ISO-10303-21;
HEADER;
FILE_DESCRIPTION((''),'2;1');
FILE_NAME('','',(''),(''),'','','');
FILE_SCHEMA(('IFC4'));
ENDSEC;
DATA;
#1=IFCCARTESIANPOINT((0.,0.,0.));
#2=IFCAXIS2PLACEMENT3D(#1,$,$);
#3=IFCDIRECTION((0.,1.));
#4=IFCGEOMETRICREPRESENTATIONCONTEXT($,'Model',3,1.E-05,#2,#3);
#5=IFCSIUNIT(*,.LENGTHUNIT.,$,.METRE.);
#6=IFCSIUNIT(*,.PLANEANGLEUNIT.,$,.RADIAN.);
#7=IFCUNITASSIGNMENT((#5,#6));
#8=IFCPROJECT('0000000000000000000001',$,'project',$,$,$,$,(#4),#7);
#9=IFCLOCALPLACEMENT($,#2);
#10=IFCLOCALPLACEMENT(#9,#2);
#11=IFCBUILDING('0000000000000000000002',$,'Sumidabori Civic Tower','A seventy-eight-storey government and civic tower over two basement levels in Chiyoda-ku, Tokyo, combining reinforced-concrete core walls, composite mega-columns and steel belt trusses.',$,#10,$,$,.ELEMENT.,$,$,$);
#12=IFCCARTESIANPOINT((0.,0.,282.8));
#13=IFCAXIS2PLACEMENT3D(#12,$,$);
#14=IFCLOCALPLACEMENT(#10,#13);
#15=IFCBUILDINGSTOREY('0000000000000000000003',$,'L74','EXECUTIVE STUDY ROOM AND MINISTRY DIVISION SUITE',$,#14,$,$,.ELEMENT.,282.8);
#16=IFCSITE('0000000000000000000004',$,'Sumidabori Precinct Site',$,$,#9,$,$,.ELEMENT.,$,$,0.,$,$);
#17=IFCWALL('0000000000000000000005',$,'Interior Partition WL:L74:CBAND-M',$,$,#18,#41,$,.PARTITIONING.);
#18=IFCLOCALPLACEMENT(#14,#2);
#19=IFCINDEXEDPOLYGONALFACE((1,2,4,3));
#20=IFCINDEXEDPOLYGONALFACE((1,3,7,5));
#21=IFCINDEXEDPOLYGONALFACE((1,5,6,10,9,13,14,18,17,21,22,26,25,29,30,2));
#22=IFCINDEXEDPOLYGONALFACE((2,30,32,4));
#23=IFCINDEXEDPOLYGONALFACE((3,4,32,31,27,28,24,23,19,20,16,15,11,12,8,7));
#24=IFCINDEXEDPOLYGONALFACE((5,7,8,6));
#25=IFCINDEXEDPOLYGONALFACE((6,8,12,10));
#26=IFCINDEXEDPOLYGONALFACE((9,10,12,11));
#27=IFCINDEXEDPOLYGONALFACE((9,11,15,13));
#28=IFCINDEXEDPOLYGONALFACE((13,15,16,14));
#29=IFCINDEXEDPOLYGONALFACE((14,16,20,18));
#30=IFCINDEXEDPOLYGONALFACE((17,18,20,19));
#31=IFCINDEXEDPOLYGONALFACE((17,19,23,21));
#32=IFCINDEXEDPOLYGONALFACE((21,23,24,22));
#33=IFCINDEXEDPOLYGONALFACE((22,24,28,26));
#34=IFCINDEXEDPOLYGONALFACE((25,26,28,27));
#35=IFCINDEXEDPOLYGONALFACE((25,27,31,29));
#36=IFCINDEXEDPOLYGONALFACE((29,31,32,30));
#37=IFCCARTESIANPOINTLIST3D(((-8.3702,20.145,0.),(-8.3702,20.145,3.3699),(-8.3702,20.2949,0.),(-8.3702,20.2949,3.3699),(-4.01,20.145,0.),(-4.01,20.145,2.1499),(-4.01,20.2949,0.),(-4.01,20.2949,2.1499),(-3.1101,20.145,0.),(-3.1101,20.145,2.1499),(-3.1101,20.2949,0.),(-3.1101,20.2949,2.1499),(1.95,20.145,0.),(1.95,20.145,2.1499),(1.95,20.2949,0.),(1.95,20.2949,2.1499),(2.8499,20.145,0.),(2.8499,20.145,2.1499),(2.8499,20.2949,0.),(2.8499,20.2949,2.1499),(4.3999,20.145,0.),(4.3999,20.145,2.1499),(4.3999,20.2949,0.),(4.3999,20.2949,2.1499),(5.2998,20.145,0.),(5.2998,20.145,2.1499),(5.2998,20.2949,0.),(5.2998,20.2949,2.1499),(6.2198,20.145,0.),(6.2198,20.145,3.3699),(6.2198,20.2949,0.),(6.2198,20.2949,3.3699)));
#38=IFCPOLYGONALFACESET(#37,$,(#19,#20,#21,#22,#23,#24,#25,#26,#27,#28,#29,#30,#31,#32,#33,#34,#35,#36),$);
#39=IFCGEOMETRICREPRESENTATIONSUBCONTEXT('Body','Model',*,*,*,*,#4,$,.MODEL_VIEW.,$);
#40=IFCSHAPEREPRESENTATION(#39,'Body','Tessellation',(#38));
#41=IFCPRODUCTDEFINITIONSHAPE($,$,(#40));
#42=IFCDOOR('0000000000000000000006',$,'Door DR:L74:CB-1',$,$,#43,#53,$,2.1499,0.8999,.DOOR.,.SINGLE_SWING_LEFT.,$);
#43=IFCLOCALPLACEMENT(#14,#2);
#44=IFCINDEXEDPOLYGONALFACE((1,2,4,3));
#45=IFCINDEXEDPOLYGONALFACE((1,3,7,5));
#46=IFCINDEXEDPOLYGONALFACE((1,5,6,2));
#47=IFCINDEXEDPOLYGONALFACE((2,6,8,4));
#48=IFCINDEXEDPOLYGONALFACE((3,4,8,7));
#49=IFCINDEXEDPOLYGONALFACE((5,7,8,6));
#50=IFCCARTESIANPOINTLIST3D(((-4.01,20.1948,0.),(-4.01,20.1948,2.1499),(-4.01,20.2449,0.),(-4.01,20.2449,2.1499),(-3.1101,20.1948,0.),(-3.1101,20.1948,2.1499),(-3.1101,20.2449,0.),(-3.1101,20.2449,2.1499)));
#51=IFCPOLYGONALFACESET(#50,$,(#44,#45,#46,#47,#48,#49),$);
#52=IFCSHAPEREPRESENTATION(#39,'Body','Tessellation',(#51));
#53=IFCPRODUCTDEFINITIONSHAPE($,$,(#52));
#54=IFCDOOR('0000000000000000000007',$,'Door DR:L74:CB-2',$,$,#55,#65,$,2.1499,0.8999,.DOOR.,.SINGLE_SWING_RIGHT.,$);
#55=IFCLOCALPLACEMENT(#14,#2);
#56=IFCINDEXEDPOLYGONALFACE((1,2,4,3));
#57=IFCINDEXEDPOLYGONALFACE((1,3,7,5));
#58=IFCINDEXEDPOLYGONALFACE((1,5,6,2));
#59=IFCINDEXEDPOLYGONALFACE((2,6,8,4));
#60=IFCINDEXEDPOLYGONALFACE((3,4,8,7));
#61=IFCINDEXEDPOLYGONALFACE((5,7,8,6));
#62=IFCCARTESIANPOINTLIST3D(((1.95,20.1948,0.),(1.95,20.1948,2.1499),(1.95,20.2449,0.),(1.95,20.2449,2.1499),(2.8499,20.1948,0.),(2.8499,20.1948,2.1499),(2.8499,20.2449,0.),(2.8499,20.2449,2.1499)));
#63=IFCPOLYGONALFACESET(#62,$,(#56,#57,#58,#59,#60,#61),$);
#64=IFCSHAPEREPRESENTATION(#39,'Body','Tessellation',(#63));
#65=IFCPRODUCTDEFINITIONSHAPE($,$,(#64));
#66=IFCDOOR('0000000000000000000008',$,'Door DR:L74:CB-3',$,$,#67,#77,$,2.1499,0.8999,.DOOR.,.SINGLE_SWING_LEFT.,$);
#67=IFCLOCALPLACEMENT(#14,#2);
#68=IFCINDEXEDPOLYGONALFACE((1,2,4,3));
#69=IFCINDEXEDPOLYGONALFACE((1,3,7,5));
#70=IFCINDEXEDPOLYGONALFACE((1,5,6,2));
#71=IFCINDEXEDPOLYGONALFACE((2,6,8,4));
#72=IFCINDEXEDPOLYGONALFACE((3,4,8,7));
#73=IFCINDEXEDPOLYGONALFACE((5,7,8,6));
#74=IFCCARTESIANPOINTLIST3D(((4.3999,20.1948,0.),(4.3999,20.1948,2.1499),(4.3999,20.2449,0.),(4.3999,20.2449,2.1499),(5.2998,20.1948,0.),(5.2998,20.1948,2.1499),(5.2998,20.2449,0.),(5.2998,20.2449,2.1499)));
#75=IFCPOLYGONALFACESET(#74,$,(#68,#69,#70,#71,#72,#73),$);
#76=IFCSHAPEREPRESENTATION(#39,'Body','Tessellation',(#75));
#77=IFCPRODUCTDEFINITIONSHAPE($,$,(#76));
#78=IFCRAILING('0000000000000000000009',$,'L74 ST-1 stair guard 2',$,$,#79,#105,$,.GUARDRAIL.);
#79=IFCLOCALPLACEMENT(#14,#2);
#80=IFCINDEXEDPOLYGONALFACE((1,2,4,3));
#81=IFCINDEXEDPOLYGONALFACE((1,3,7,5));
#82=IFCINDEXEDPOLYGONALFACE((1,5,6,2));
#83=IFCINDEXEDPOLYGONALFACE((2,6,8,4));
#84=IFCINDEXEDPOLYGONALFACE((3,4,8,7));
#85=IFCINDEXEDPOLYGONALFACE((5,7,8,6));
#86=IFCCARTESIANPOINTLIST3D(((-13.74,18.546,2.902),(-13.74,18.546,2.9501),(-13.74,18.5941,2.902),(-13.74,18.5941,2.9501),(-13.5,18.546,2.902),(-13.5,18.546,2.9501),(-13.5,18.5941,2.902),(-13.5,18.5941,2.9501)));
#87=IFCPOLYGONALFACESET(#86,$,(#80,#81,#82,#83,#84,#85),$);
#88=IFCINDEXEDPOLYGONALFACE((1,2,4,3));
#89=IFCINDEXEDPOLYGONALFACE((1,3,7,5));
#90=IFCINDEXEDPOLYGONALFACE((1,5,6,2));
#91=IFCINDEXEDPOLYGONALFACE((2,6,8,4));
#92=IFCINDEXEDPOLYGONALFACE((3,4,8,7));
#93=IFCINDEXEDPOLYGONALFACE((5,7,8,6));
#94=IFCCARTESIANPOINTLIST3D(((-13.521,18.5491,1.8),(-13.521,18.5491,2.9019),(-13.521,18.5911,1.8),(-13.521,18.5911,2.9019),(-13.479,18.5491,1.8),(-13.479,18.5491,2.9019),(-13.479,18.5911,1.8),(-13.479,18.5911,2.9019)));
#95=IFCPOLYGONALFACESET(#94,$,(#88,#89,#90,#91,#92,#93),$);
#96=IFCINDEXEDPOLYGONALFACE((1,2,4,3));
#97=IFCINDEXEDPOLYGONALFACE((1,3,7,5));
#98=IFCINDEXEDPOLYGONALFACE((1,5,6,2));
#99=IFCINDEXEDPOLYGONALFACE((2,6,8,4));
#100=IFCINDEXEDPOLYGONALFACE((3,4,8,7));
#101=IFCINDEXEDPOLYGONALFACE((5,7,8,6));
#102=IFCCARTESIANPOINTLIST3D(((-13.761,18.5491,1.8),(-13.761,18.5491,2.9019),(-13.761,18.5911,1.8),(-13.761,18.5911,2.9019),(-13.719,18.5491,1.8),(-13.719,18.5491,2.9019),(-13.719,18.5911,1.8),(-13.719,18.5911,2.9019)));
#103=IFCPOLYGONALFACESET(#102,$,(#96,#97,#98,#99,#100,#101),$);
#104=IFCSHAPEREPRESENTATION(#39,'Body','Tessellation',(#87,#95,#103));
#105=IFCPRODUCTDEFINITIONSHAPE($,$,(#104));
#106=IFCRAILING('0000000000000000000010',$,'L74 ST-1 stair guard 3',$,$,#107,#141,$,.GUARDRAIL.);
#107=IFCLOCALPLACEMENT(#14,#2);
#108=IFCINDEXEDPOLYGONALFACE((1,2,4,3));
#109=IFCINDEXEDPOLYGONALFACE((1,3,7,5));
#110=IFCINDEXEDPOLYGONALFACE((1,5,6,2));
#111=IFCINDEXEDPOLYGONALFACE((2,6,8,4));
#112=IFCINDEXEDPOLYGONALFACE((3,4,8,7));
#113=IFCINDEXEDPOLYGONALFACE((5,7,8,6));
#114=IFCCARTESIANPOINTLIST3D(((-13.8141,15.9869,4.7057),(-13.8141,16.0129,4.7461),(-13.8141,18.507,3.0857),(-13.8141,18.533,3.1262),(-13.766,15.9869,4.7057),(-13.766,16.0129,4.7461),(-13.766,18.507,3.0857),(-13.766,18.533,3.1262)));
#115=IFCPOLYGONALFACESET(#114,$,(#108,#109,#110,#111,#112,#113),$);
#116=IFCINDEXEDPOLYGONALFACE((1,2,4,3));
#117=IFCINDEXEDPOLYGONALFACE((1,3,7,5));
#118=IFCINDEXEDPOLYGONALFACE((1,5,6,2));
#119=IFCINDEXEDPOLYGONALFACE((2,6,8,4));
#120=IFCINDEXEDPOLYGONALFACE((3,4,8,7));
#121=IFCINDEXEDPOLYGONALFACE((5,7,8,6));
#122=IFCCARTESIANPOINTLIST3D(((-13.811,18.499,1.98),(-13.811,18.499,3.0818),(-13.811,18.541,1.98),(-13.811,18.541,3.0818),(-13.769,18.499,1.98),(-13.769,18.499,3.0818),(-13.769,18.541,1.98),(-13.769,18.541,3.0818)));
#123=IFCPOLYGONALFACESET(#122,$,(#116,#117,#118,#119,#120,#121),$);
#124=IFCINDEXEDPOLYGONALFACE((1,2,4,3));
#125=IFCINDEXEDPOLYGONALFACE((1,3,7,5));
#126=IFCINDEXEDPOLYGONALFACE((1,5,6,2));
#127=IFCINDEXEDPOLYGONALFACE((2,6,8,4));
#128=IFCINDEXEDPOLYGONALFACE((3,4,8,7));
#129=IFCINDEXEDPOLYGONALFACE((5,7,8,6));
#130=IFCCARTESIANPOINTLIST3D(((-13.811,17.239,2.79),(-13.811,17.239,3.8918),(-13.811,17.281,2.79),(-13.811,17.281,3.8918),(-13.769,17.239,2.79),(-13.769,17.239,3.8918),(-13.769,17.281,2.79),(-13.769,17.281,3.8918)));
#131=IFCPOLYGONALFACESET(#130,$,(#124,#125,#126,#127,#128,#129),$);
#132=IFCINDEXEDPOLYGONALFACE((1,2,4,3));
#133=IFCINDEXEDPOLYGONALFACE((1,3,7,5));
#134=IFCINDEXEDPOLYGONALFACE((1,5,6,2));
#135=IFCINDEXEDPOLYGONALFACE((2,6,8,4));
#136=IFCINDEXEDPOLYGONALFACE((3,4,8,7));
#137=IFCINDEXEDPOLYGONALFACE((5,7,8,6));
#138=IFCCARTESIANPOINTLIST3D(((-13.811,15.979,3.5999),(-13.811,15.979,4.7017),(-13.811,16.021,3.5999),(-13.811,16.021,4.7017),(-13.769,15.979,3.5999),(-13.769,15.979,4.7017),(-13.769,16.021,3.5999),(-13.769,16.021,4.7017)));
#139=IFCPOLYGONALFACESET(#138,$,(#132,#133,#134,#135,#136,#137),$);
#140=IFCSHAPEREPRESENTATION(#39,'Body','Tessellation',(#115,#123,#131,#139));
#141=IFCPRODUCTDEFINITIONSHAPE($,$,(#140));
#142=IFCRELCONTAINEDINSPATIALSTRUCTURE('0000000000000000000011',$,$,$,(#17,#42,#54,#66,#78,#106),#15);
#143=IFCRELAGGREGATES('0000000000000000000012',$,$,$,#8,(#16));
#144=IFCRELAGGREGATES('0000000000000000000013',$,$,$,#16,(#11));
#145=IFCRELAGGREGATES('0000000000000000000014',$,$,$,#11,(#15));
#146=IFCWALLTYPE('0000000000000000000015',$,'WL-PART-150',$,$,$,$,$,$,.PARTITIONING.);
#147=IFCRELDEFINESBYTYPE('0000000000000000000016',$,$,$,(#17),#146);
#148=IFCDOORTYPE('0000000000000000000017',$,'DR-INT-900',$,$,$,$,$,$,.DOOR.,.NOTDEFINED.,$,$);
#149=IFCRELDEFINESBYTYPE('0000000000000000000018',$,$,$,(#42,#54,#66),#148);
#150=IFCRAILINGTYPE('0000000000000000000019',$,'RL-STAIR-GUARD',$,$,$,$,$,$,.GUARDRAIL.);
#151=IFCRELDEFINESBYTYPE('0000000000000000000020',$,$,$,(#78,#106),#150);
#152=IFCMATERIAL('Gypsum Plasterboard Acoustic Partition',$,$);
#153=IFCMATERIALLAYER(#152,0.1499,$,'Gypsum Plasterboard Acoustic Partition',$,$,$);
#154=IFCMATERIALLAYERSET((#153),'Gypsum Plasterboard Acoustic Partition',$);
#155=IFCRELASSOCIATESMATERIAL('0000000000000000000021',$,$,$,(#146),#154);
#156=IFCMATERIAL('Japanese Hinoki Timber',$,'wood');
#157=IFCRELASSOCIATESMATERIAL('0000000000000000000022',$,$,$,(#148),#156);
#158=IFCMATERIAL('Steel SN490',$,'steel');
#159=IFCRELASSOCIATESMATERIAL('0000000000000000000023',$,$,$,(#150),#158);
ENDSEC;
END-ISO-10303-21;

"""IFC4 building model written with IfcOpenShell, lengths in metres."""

from ifc_helpers import new_model, si_unit, direction, frame, frame_2d, origin, origin_2d, place, context, subcontext, project, spatial, rectangle, extrude, source, transform, mapped, material, layer, layer_set, type_object, element, fill, save


model = new_model("IFC4")

# Units and contexts
model_context = context("Model", 3, precision=1e-05, world=origin(), true_north=direction((0.0, 1.0)))
body_context = subcontext(model_context, "Body", "Model", "MODEL_VIEW")
ifc_project = project(units=[si_unit("LENGTHUNIT", "METRE"), si_unit("PLANEANGLEUNIT", "RADIAN")], contexts=[model_context])

# Site, building, storey
site_placement = place(None, origin())
site = spatial("IfcSite", under=ifc_project, at=site_placement, Name="Sumidabori Precinct Site", CompositionType="ELEMENT", RefElevation=0.0)
building_placement = place(site_placement, origin())
building = spatial("IfcBuilding", under=site, at=building_placement, Name="Sumidabori Civic Tower", Description="A seventy-eight-storey government and civic tower over two basement levels in Chiyoda-ku, Tokyo, combining reinforced-concrete core walls, composite mega-columns and steel belt trusses.", CompositionType="ELEMENT")
storey_placement = place(building_placement, frame((0.0, 0.0, 282.8)))
storey = spatial("IfcBuildingStorey", under=building, at=storey_placement, Name="L74", Description="EXECUTIVE STUDY ROOM AND MINISTRY DIVISION SUITE", CompositionType="ELEMENT", Elevation=282.8)

# Shared definitions
ifc_material_1 = material(Name="Gypsum Plasterboard Acoustic Partition")
ifc_layer_1 = layer(ifc_material_1, 0.1499, Name="Gypsum Plasterboard Acoustic Partition")
ifc_layer_set_1 = layer_set([ifc_layer_1], Name="Gypsum Plasterboard Acoustic Partition")
wall_type_1 = type_object("IfcWallType", Name="WL-PART-150", PredefinedType="PARTITIONING", material=ifc_layer_set_1)

# Wall, openings, doors
shared_shape_1 = source(origin(), body_context, "Body", "SweptSolid", [
    extrude(rectangle(XDim=14.5901, YDim=0.1499, at=frame_2d((7.2949, 0.0))), origin(), (0.0, 0.0, 1.0), 3.3699),
])
wall_1_placement = place(storey_placement, frame((-8.3701, 20.22, 0.0), z_axis=(0.0, 0.0, 1.0), x_axis=(1.0, 0.0, 0.0)))
wall_1 = element("IfcWall", 1, at=wall_1_placement, inside=storey, type_object=wall_type_1, Name="Interior Partition WL:L74:CBAND-M", PredefinedType="PARTITIONING", context=body_context, shape_type="MappedRepresentation", body=[
    mapped(shared_shape_1, transform((0.0, 0.0, 0.0), x_axis=(1.0, 0.0, 0.0), y_axis=(0.0, 1.0, 0.0), z_axis=(0.0, 0.0, 1.0), scale=1.0)),
])
opening_1_placement = place(wall_1_placement, frame((4.3601, 0.0, 0.0)))
opening_1 = element("IfcOpeningElement", 2, at=opening_1_placement, cuts=wall_1, PredefinedType="OPENING", context=body_context, shape_type="SweptSolid", body=[
    extrude(rectangle(XDim=0.8999, YDim=2.1499, at=frame_2d((0.45, 1.075))), frame((0.0, 0.0869, 0.0), z_axis=(0.0, -1.0, 0.0), x_axis=(1.0, 0.0, 0.0)), (0.0, 0.0, 1.0), 0.1738),
])
opening_2_placement = place(wall_1_placement, frame((10.3201, 0.0, 0.0)))
opening_2 = element("IfcOpeningElement", 3, at=opening_2_placement, cuts=wall_1, PredefinedType="OPENING", context=body_context, shape_type="SweptSolid", body=[
    extrude(rectangle(XDim=0.8999, YDim=2.1499, at=frame_2d((0.45, 1.075))), frame((0.0, 0.0869, 0.0), z_axis=(0.0, -1.0, 0.0), x_axis=(1.0, 0.0, 0.0)), (0.0, 0.0, 1.0), 0.1738),
])
opening_3_placement = place(wall_1_placement, frame((12.77, 0.0, 0.0)))
opening_3 = element("IfcOpeningElement", 4, at=opening_3_placement, cuts=wall_1, PredefinedType="OPENING", context=body_context, shape_type="SweptSolid", body=[
    extrude(rectangle(XDim=0.8999, YDim=2.1499, at=frame_2d((0.45, 1.075))), frame((0.0, 0.0869, 0.0), z_axis=(0.0, -1.0, 0.0), x_axis=(1.0, 0.0, 0.0)), (0.0, 0.0, 1.0), 0.1738),
])
ifc_material_2 = material(Name="Japanese Hinoki Timber", Category="wood")
door_type = type_object("IfcDoorType", Name="DR-INT-900", OperationType="NOTDEFINED", PredefinedType="DOOR", material=ifc_material_2)
shared_shape_2 = source(origin(), body_context, "Body", "SweptSolid", [
    extrude(rectangle(XDim=0.8999, YDim=2.1499, at=frame_2d((0.45, 1.075))), frame((0.0, 0.0249, 0.0), z_axis=(0.0, -1.0, 0.0), x_axis=(1.0, 0.0, 0.0)), (0.0, 0.0, 1.0), 0.05),
])
door_1_placement = place(opening_1_placement, origin())
door_1 = element("IfcDoor", 5, at=door_1_placement, inside=storey, type_object=door_type, Name="Door DR:L74:CB-1", OperationType="SINGLE_SWING_LEFT", OverallHeight=2.1499, OverallWidth=0.8999, PredefinedType="DOOR", context=body_context, shape_type="MappedRepresentation", body=[
    mapped(shared_shape_2, transform((0.0, 0.0, 0.0), x_axis=(1.0, 0.0, 0.0), y_axis=(0.0, 1.0, 0.0), z_axis=(0.0, 0.0, 1.0), scale=1.0)),
])
fill(opening_1, door_1)
door_2_placement = place(opening_2_placement, origin())
door_2 = element("IfcDoor", 6, at=door_2_placement, inside=storey, type_object=door_type, Name="Door DR:L74:CB-2", OperationType="SINGLE_SWING_RIGHT", OverallHeight=2.1499, OverallWidth=0.8999, PredefinedType="DOOR", context=body_context, shape_type="MappedRepresentation", body=[
    mapped(shared_shape_2, transform((0.0, 0.0, 0.0), x_axis=(1.0, 0.0, 0.0), y_axis=(0.0, 1.0, 0.0), z_axis=(0.0, 0.0, 1.0), scale=1.0)),
])
fill(opening_2, door_2)
door_3_placement = place(opening_3_placement, origin())
door_3 = element("IfcDoor", 7, at=door_3_placement, inside=storey, type_object=door_type, Name="Door DR:L74:CB-3", OperationType="SINGLE_SWING_LEFT", OverallHeight=2.1499, OverallWidth=0.8999, PredefinedType="DOOR", context=body_context, shape_type="MappedRepresentation", body=[
    mapped(shared_shape_2, transform((0.0, 0.0, 0.0), x_axis=(1.0, 0.0, 0.0), y_axis=(0.0, 1.0, 0.0), z_axis=(0.0, 0.0, 1.0), scale=1.0)),
])
fill(opening_3, door_3)

# Railings
ifc_material_3 = material(Name="Steel SN490", Category="steel")
railing_type = type_object("IfcRailingType", Name="RL-STAIR-GUARD", PredefinedType="GUARDRAIL", material=ifc_material_3)
railing_1_placement = place(storey_placement, frame((-13.5, 18.5701, 1.8)))
element("IfcRailing", 8, at=railing_1_placement, inside=storey, type_object=railing_type, Name="L74 ST-1 stair guard 2", PredefinedType="GUARDRAIL", context=body_context, shape_type="SweptSolid", body=[
    extrude(rectangle(XDim=0.0481, YDim=0.0481, at=origin_2d()), frame((0.0, 0.0, 1.126), z_axis=(-1.0, 0.0, 0.0), x_axis=(0.0, -1.0, 0.0)), (0.0, 0.0, 1.0), 0.24),
    extrude(rectangle(XDim=0.042, YDim=0.042, at=origin_2d()), origin(), (0.0, 0.0, 1.0), 1.1018),
    extrude(rectangle(XDim=0.042, YDim=0.042, at=origin_2d()), frame((-0.24, 0.0, 0.0)), (0.0, 0.0, 1.0), 1.1018),
])
railing_2_placement = place(storey_placement, frame((-13.79, 18.52, 1.98)))
element("IfcRailing", 9, at=railing_2_placement, inside=storey, type_object=railing_type, Name="L74 ST-1 stair guard 3", PredefinedType="GUARDRAIL", context=body_context, shape_type="SweptSolid", body=[
    extrude(rectangle(XDim=0.0481, YDim=0.0481, at=origin_2d()), frame((0.0, 0.0, 1.126), z_axis=(0.0, -0.8412, 0.540725), x_axis=(1.0, 0.0, 0.0)), (0.0, 0.0, 1.0), 2.9958),
    extrude(rectangle(XDim=0.042, YDim=0.042, at=origin_2d()), origin(), (0.0, 0.0, 1.0), 1.1018),
    extrude(rectangle(XDim=0.042, YDim=0.042, at=origin_2d()), frame((0.0, -1.26, 0.8101)), (0.0, 0.0, 1.0), 1.1018),
    extrude(rectangle(XDim=0.042, YDim=0.042, at=origin_2d()), frame((0.0, -2.52, 1.6199)), (0.0, 0.0, 1.0), 1.1018),
])

save(model, "model.ifc")
